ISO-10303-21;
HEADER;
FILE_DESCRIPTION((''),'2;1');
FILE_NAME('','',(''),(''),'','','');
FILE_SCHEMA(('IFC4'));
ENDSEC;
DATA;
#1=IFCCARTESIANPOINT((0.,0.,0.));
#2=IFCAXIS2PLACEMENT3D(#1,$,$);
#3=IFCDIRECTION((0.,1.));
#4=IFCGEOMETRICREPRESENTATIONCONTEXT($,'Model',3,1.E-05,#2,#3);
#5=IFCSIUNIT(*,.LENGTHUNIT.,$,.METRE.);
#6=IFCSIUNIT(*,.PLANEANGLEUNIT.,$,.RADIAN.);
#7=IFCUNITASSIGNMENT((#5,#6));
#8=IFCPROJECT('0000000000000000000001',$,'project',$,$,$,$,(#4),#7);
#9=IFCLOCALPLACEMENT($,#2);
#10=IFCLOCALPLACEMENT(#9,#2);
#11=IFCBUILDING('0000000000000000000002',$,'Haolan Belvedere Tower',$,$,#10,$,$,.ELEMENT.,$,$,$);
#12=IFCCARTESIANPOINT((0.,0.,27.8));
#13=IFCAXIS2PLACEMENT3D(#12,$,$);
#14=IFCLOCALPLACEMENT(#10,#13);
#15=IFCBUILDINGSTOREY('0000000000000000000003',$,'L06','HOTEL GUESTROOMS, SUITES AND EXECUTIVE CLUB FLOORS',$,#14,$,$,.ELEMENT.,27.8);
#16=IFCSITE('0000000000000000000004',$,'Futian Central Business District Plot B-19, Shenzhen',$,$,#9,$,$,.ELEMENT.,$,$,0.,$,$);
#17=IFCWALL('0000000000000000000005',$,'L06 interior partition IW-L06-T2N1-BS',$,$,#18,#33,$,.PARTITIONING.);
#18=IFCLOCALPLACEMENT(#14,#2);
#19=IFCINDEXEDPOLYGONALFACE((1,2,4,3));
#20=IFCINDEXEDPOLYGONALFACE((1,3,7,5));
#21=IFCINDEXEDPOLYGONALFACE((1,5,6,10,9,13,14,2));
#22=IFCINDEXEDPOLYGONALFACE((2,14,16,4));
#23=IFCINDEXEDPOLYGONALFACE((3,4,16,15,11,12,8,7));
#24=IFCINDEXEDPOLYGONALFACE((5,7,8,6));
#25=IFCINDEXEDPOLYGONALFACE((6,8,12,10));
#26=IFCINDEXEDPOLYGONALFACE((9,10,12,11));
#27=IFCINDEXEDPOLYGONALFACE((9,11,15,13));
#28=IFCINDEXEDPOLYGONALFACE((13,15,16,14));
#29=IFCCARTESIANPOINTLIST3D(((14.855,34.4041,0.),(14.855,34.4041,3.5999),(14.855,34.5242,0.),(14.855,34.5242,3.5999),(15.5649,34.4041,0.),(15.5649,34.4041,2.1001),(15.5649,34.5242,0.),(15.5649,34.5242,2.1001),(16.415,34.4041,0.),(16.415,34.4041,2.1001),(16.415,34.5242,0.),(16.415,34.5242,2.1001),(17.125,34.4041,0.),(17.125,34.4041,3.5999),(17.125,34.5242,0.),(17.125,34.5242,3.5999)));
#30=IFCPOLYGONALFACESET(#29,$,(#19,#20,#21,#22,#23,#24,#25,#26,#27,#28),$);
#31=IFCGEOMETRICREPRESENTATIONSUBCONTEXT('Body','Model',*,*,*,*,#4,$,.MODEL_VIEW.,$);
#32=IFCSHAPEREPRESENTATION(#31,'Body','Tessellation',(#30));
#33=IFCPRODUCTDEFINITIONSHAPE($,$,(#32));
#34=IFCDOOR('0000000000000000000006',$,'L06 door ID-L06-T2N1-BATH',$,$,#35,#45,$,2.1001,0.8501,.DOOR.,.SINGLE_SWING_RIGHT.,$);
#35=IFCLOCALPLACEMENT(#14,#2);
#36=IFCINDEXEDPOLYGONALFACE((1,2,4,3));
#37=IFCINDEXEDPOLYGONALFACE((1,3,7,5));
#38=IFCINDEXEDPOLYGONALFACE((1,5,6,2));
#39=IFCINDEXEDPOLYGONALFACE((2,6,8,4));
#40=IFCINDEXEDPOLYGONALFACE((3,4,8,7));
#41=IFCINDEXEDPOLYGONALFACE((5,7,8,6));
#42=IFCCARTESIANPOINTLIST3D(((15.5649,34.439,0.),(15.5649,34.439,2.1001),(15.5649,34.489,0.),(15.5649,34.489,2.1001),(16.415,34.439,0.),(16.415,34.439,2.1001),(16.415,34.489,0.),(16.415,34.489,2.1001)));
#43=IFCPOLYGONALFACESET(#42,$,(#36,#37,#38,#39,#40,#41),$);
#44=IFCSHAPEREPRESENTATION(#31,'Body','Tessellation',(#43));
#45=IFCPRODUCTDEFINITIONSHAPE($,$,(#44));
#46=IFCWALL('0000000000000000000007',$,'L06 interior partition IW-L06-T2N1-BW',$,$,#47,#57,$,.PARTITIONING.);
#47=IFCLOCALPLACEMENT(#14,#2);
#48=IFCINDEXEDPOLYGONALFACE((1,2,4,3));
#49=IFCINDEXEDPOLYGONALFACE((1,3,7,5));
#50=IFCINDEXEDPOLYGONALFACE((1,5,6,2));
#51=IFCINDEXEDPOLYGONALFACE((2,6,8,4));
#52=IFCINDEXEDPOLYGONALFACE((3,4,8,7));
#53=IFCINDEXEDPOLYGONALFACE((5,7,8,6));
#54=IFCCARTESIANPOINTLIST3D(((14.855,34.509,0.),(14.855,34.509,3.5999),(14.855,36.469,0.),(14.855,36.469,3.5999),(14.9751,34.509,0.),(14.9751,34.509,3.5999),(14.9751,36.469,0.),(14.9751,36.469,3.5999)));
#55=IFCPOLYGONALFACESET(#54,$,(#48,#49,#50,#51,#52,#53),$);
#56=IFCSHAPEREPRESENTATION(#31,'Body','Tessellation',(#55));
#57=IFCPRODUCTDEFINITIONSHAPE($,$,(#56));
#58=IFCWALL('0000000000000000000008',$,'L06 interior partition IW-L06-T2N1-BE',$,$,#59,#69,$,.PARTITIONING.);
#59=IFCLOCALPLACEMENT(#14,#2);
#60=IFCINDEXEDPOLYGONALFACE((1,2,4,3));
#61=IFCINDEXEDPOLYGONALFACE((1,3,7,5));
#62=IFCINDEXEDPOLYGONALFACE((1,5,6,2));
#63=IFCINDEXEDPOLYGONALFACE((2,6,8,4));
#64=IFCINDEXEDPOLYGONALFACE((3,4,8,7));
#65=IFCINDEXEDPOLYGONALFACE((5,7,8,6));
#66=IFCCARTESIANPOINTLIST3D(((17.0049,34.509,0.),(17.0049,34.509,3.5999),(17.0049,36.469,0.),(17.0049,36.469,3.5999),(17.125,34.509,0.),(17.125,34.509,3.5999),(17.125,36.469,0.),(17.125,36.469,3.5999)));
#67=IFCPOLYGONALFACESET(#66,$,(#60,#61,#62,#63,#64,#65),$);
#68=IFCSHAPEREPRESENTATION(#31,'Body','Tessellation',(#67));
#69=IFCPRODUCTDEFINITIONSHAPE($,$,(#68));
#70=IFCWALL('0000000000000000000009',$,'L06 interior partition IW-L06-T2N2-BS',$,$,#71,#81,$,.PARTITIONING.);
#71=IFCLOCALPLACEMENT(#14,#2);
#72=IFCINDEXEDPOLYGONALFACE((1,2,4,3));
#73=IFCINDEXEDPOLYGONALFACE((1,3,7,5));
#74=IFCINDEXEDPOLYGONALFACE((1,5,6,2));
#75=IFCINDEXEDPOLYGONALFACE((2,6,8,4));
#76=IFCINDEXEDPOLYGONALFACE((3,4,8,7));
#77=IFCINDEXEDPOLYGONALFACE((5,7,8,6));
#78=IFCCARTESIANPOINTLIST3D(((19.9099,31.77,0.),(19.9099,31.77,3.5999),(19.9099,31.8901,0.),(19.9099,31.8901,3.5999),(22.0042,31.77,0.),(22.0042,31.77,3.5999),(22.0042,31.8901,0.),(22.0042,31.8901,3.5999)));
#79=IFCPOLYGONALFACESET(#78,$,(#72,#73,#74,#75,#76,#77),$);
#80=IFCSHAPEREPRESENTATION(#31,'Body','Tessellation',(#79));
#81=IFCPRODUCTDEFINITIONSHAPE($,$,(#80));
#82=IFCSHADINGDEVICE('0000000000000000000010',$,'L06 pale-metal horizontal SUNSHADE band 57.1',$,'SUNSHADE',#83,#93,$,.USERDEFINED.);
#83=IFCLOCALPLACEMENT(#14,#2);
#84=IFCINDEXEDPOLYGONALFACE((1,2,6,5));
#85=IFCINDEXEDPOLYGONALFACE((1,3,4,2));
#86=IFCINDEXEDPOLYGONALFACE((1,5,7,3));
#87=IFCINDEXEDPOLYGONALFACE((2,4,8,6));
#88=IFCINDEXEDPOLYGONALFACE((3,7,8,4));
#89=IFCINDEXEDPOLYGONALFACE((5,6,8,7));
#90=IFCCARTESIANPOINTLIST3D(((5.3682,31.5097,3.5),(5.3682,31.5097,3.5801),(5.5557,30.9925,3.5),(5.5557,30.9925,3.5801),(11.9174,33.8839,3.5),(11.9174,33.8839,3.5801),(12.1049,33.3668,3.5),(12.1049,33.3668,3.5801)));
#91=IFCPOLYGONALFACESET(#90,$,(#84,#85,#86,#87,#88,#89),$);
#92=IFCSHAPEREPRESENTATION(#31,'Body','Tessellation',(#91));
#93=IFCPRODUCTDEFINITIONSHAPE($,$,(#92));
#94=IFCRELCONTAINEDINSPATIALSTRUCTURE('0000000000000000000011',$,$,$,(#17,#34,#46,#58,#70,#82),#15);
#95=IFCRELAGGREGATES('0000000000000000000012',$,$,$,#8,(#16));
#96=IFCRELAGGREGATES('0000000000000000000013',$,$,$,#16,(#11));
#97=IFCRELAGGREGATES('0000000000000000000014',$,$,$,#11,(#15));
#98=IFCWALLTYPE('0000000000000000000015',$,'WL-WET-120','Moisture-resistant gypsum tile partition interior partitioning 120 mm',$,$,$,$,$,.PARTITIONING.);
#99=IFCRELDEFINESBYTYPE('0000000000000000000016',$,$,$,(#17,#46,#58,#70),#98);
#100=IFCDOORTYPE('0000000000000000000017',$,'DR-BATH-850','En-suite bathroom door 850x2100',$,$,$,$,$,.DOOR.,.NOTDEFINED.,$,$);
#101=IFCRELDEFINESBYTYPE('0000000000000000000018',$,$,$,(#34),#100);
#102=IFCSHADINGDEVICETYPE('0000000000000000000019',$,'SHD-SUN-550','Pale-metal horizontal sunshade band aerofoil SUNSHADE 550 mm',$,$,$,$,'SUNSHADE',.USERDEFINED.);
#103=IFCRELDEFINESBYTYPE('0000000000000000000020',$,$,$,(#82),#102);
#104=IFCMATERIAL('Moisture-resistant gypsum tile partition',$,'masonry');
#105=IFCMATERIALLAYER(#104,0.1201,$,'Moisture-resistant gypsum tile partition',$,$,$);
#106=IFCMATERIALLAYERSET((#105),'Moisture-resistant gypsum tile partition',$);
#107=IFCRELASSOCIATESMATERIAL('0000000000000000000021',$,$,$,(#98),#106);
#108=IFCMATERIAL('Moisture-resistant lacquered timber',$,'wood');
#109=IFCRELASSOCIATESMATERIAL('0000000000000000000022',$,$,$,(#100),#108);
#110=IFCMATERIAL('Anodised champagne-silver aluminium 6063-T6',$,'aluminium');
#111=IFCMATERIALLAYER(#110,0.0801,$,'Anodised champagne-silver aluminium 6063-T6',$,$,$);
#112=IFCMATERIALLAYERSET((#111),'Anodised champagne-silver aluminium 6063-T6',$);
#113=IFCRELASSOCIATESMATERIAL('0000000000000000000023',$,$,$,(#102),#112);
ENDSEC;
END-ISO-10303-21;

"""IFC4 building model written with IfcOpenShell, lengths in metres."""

from ifc_helpers import new_model, si_unit, direction, frame, frame_2d, origin, origin_2d, place, context, subcontext, project, spatial, rectangle, extrude, material, layer, layer_set, type_object, element, fill, save


model = new_model("IFC4")

# Units and contexts
model_context = context("Model", 3, precision=1e-05, world=origin(), true_north=direction((0.0, 1.0)))
body_context = subcontext(model_context, "Body", "Model", "MODEL_VIEW")
ifc_project = project(units=[si_unit("LENGTHUNIT", "METRE"), si_unit("PLANEANGLEUNIT", "RADIAN")], contexts=[model_context])

# Site, building, storey
site_placement = place(None, origin())
site = spatial("IfcSite", under=ifc_project, at=site_placement, Name="Futian Central Business District Plot B-19, Shenzhen", CompositionType="ELEMENT", RefElevation=0.0)
building_placement = place(site_placement, origin())
building = spatial("IfcBuilding", under=site, at=building_placement, Name="Haolan Belvedere Tower", CompositionType="ELEMENT")
storey_placement = place(building_placement, frame((0.0, 0.0, 27.8)))
storey = spatial("IfcBuildingStorey", under=building, at=storey_placement, Name="L06", Description="HOTEL GUESTROOMS, SUITES AND EXECUTIVE CLUB FLOORS", CompositionType="ELEMENT", Elevation=27.8)

# Shared definitions
ifc_material_1 = material(Name="Moisture-resistant gypsum tile partition", Category="masonry")
ifc_layer_1 = layer(ifc_material_1, 0.1201, Name="Moisture-resistant gypsum tile partition")
ifc_layer_set_1 = layer_set([ifc_layer_1], Name="Moisture-resistant gypsum tile partition")
wall_type_1 = type_object("IfcWallType", Name="WL-WET-120", Description="Moisture-resistant gypsum tile partition interior partitioning 120 mm", PredefinedType="PARTITIONING", material=ifc_layer_set_1)

# Wall, opening, door
wall_1_placement = place(storey_placement, frame((14.855, 34.4641, 0.0), z_axis=(0.0, 0.0, 1.0), x_axis=(1.0, 0.0, 0.0)))
wall_1 = element("IfcWall", 1, at=wall_1_placement, inside=storey, type_object=wall_type_1, Name="L06 interior partition IW-L06-T2N1-BS", PredefinedType="PARTITIONING", context=body_context, shape_type="SweptSolid", body=[
    extrude(rectangle(XDim=2.27, YDim=0.1201, at=frame_2d((1.135, 0.0))), origin(), (0.0, 0.0, 1.0), 3.5999),
])
opening_1_placement = place(wall_1_placement, frame((0.71, 0.0, 0.0)))
opening_1 = element("IfcOpeningElement", 2, at=opening_1_placement, cuts=wall_1, PredefinedType="OPENING", context=body_context, shape_type="SweptSolid", body=[
    extrude(rectangle(XDim=0.8501, YDim=2.1001, at=frame_2d((0.425, 1.05))), frame((0.0, 0.0701, 0.0), z_axis=(0.0, -1.0, 0.0), x_axis=(1.0, 0.0, 0.0)), (0.0, 0.0, 1.0), 0.1401),
])
ifc_material_2 = material(Name="Moisture-resistant lacquered timber", Category="wood")
door_type = type_object("IfcDoorType", Name="DR-BATH-850", Description="En-suite bathroom door 850x2100", OperationType="NOTDEFINED", PredefinedType="DOOR", material=ifc_material_2)
door_placement = place(opening_1_placement, origin())
door = element("IfcDoor", 3, at=door_placement, inside=storey, type_object=door_type, Name="L06 door ID-L06-T2N1-BATH", OperationType="SINGLE_SWING_RIGHT", OverallHeight=2.1001, OverallWidth=0.8501, PredefinedType="DOOR", context=body_context, shape_type="SweptSolid", body=[
    extrude(rectangle(XDim=0.8501, YDim=2.1001, at=frame_2d((0.425, 1.05))), frame((0.0, 0.0249, 0.0), z_axis=(0.0, -1.0, 0.0), x_axis=(1.0, 0.0, 0.0)), (0.0, 0.0, 1.0), 0.05),
])
fill(opening_1, door)

# Walls
for number, where, z_axis, x_axis, name in (
    (4, (14.915, 34.509, 0.0), (0.0, 0.0, 1.0), (0.0, 1.0, 0.0), "L06 interior partition IW-L06-T2N1-BW"),
    (5, (17.0649, 34.509, 0.0), (0.0, 0.0, 1.0), (0.0, 1.0, 0.0), "L06 interior partition IW-L06-T2N1-BE"),
):
    element("IfcWall", number, at=place(storey_placement, frame(where, z_axis=z_axis, x_axis=x_axis)), inside=storey, type_object=wall_type_1, Name=name, PredefinedType="PARTITIONING", context=body_context, shape_type="SweptSolid", body=[
        extrude(rectangle(XDim=1.96, YDim=0.1201, at=frame_2d((0.98, 0.0))), origin(), (0.0, 0.0, 1.0), 3.5999),
    ])
wall_2_placement = place(storey_placement, frame((19.9099, 31.8301, 0.0), z_axis=(0.0, 0.0, 1.0), x_axis=(1.0, 0.0, 0.0)))
element("IfcWall", 6, at=wall_2_placement, inside=storey, type_object=wall_type_1, Name="L06 interior partition IW-L06-T2N2-BS", PredefinedType="PARTITIONING", context=body_context, shape_type="SweptSolid", body=[
    extrude(rectangle(XDim=2.0942, YDim=0.1201, at=frame_2d((1.0471, 0.0))), origin(), (0.0, 0.0, 1.0), 3.5999),
])

# Shading device
ifc_material_3 = material(Name="Anodised champagne-silver aluminium 6063-T6", Category="aluminium")
ifc_layer_2 = layer(ifc_material_3, 0.0801, Name="Anodised champagne-silver aluminium 6063-T6")
ifc_layer_set_2 = layer_set([ifc_layer_2], Name="Anodised champagne-silver aluminium 6063-T6")
shading_device_type = type_object("IfcShadingDeviceType", Name="SHD-SUN-550", Description="Pale-metal horizontal sunshade band aerofoil SUNSHADE 550 mm", ElementType="SUNSHADE", PredefinedType="USERDEFINED", material=ifc_layer_set_2)
shading_device_placement = place(storey_placement, frame((8.7366, 32.4382, 3.5), z_axis=(0.0, 0.0, 1.0), x_axis=(-0.940128, -0.340823, 0.0)))
element("IfcShadingDevice", 7, at=shading_device_placement, inside=storey, type_object=shading_device_type, Name="L06 pale-metal horizontal SUNSHADE band 57.1", ObjectType="SUNSHADE", PredefinedType="USERDEFINED", context=body_context, shape_type="SweptSolid", body=[
    extrude(rectangle(XDim=6.9663, YDim=0.55, at=origin_2d()), origin(), (0.0, 0.0, 1.0), 0.0801),
])

save(model, "model.ifc")
